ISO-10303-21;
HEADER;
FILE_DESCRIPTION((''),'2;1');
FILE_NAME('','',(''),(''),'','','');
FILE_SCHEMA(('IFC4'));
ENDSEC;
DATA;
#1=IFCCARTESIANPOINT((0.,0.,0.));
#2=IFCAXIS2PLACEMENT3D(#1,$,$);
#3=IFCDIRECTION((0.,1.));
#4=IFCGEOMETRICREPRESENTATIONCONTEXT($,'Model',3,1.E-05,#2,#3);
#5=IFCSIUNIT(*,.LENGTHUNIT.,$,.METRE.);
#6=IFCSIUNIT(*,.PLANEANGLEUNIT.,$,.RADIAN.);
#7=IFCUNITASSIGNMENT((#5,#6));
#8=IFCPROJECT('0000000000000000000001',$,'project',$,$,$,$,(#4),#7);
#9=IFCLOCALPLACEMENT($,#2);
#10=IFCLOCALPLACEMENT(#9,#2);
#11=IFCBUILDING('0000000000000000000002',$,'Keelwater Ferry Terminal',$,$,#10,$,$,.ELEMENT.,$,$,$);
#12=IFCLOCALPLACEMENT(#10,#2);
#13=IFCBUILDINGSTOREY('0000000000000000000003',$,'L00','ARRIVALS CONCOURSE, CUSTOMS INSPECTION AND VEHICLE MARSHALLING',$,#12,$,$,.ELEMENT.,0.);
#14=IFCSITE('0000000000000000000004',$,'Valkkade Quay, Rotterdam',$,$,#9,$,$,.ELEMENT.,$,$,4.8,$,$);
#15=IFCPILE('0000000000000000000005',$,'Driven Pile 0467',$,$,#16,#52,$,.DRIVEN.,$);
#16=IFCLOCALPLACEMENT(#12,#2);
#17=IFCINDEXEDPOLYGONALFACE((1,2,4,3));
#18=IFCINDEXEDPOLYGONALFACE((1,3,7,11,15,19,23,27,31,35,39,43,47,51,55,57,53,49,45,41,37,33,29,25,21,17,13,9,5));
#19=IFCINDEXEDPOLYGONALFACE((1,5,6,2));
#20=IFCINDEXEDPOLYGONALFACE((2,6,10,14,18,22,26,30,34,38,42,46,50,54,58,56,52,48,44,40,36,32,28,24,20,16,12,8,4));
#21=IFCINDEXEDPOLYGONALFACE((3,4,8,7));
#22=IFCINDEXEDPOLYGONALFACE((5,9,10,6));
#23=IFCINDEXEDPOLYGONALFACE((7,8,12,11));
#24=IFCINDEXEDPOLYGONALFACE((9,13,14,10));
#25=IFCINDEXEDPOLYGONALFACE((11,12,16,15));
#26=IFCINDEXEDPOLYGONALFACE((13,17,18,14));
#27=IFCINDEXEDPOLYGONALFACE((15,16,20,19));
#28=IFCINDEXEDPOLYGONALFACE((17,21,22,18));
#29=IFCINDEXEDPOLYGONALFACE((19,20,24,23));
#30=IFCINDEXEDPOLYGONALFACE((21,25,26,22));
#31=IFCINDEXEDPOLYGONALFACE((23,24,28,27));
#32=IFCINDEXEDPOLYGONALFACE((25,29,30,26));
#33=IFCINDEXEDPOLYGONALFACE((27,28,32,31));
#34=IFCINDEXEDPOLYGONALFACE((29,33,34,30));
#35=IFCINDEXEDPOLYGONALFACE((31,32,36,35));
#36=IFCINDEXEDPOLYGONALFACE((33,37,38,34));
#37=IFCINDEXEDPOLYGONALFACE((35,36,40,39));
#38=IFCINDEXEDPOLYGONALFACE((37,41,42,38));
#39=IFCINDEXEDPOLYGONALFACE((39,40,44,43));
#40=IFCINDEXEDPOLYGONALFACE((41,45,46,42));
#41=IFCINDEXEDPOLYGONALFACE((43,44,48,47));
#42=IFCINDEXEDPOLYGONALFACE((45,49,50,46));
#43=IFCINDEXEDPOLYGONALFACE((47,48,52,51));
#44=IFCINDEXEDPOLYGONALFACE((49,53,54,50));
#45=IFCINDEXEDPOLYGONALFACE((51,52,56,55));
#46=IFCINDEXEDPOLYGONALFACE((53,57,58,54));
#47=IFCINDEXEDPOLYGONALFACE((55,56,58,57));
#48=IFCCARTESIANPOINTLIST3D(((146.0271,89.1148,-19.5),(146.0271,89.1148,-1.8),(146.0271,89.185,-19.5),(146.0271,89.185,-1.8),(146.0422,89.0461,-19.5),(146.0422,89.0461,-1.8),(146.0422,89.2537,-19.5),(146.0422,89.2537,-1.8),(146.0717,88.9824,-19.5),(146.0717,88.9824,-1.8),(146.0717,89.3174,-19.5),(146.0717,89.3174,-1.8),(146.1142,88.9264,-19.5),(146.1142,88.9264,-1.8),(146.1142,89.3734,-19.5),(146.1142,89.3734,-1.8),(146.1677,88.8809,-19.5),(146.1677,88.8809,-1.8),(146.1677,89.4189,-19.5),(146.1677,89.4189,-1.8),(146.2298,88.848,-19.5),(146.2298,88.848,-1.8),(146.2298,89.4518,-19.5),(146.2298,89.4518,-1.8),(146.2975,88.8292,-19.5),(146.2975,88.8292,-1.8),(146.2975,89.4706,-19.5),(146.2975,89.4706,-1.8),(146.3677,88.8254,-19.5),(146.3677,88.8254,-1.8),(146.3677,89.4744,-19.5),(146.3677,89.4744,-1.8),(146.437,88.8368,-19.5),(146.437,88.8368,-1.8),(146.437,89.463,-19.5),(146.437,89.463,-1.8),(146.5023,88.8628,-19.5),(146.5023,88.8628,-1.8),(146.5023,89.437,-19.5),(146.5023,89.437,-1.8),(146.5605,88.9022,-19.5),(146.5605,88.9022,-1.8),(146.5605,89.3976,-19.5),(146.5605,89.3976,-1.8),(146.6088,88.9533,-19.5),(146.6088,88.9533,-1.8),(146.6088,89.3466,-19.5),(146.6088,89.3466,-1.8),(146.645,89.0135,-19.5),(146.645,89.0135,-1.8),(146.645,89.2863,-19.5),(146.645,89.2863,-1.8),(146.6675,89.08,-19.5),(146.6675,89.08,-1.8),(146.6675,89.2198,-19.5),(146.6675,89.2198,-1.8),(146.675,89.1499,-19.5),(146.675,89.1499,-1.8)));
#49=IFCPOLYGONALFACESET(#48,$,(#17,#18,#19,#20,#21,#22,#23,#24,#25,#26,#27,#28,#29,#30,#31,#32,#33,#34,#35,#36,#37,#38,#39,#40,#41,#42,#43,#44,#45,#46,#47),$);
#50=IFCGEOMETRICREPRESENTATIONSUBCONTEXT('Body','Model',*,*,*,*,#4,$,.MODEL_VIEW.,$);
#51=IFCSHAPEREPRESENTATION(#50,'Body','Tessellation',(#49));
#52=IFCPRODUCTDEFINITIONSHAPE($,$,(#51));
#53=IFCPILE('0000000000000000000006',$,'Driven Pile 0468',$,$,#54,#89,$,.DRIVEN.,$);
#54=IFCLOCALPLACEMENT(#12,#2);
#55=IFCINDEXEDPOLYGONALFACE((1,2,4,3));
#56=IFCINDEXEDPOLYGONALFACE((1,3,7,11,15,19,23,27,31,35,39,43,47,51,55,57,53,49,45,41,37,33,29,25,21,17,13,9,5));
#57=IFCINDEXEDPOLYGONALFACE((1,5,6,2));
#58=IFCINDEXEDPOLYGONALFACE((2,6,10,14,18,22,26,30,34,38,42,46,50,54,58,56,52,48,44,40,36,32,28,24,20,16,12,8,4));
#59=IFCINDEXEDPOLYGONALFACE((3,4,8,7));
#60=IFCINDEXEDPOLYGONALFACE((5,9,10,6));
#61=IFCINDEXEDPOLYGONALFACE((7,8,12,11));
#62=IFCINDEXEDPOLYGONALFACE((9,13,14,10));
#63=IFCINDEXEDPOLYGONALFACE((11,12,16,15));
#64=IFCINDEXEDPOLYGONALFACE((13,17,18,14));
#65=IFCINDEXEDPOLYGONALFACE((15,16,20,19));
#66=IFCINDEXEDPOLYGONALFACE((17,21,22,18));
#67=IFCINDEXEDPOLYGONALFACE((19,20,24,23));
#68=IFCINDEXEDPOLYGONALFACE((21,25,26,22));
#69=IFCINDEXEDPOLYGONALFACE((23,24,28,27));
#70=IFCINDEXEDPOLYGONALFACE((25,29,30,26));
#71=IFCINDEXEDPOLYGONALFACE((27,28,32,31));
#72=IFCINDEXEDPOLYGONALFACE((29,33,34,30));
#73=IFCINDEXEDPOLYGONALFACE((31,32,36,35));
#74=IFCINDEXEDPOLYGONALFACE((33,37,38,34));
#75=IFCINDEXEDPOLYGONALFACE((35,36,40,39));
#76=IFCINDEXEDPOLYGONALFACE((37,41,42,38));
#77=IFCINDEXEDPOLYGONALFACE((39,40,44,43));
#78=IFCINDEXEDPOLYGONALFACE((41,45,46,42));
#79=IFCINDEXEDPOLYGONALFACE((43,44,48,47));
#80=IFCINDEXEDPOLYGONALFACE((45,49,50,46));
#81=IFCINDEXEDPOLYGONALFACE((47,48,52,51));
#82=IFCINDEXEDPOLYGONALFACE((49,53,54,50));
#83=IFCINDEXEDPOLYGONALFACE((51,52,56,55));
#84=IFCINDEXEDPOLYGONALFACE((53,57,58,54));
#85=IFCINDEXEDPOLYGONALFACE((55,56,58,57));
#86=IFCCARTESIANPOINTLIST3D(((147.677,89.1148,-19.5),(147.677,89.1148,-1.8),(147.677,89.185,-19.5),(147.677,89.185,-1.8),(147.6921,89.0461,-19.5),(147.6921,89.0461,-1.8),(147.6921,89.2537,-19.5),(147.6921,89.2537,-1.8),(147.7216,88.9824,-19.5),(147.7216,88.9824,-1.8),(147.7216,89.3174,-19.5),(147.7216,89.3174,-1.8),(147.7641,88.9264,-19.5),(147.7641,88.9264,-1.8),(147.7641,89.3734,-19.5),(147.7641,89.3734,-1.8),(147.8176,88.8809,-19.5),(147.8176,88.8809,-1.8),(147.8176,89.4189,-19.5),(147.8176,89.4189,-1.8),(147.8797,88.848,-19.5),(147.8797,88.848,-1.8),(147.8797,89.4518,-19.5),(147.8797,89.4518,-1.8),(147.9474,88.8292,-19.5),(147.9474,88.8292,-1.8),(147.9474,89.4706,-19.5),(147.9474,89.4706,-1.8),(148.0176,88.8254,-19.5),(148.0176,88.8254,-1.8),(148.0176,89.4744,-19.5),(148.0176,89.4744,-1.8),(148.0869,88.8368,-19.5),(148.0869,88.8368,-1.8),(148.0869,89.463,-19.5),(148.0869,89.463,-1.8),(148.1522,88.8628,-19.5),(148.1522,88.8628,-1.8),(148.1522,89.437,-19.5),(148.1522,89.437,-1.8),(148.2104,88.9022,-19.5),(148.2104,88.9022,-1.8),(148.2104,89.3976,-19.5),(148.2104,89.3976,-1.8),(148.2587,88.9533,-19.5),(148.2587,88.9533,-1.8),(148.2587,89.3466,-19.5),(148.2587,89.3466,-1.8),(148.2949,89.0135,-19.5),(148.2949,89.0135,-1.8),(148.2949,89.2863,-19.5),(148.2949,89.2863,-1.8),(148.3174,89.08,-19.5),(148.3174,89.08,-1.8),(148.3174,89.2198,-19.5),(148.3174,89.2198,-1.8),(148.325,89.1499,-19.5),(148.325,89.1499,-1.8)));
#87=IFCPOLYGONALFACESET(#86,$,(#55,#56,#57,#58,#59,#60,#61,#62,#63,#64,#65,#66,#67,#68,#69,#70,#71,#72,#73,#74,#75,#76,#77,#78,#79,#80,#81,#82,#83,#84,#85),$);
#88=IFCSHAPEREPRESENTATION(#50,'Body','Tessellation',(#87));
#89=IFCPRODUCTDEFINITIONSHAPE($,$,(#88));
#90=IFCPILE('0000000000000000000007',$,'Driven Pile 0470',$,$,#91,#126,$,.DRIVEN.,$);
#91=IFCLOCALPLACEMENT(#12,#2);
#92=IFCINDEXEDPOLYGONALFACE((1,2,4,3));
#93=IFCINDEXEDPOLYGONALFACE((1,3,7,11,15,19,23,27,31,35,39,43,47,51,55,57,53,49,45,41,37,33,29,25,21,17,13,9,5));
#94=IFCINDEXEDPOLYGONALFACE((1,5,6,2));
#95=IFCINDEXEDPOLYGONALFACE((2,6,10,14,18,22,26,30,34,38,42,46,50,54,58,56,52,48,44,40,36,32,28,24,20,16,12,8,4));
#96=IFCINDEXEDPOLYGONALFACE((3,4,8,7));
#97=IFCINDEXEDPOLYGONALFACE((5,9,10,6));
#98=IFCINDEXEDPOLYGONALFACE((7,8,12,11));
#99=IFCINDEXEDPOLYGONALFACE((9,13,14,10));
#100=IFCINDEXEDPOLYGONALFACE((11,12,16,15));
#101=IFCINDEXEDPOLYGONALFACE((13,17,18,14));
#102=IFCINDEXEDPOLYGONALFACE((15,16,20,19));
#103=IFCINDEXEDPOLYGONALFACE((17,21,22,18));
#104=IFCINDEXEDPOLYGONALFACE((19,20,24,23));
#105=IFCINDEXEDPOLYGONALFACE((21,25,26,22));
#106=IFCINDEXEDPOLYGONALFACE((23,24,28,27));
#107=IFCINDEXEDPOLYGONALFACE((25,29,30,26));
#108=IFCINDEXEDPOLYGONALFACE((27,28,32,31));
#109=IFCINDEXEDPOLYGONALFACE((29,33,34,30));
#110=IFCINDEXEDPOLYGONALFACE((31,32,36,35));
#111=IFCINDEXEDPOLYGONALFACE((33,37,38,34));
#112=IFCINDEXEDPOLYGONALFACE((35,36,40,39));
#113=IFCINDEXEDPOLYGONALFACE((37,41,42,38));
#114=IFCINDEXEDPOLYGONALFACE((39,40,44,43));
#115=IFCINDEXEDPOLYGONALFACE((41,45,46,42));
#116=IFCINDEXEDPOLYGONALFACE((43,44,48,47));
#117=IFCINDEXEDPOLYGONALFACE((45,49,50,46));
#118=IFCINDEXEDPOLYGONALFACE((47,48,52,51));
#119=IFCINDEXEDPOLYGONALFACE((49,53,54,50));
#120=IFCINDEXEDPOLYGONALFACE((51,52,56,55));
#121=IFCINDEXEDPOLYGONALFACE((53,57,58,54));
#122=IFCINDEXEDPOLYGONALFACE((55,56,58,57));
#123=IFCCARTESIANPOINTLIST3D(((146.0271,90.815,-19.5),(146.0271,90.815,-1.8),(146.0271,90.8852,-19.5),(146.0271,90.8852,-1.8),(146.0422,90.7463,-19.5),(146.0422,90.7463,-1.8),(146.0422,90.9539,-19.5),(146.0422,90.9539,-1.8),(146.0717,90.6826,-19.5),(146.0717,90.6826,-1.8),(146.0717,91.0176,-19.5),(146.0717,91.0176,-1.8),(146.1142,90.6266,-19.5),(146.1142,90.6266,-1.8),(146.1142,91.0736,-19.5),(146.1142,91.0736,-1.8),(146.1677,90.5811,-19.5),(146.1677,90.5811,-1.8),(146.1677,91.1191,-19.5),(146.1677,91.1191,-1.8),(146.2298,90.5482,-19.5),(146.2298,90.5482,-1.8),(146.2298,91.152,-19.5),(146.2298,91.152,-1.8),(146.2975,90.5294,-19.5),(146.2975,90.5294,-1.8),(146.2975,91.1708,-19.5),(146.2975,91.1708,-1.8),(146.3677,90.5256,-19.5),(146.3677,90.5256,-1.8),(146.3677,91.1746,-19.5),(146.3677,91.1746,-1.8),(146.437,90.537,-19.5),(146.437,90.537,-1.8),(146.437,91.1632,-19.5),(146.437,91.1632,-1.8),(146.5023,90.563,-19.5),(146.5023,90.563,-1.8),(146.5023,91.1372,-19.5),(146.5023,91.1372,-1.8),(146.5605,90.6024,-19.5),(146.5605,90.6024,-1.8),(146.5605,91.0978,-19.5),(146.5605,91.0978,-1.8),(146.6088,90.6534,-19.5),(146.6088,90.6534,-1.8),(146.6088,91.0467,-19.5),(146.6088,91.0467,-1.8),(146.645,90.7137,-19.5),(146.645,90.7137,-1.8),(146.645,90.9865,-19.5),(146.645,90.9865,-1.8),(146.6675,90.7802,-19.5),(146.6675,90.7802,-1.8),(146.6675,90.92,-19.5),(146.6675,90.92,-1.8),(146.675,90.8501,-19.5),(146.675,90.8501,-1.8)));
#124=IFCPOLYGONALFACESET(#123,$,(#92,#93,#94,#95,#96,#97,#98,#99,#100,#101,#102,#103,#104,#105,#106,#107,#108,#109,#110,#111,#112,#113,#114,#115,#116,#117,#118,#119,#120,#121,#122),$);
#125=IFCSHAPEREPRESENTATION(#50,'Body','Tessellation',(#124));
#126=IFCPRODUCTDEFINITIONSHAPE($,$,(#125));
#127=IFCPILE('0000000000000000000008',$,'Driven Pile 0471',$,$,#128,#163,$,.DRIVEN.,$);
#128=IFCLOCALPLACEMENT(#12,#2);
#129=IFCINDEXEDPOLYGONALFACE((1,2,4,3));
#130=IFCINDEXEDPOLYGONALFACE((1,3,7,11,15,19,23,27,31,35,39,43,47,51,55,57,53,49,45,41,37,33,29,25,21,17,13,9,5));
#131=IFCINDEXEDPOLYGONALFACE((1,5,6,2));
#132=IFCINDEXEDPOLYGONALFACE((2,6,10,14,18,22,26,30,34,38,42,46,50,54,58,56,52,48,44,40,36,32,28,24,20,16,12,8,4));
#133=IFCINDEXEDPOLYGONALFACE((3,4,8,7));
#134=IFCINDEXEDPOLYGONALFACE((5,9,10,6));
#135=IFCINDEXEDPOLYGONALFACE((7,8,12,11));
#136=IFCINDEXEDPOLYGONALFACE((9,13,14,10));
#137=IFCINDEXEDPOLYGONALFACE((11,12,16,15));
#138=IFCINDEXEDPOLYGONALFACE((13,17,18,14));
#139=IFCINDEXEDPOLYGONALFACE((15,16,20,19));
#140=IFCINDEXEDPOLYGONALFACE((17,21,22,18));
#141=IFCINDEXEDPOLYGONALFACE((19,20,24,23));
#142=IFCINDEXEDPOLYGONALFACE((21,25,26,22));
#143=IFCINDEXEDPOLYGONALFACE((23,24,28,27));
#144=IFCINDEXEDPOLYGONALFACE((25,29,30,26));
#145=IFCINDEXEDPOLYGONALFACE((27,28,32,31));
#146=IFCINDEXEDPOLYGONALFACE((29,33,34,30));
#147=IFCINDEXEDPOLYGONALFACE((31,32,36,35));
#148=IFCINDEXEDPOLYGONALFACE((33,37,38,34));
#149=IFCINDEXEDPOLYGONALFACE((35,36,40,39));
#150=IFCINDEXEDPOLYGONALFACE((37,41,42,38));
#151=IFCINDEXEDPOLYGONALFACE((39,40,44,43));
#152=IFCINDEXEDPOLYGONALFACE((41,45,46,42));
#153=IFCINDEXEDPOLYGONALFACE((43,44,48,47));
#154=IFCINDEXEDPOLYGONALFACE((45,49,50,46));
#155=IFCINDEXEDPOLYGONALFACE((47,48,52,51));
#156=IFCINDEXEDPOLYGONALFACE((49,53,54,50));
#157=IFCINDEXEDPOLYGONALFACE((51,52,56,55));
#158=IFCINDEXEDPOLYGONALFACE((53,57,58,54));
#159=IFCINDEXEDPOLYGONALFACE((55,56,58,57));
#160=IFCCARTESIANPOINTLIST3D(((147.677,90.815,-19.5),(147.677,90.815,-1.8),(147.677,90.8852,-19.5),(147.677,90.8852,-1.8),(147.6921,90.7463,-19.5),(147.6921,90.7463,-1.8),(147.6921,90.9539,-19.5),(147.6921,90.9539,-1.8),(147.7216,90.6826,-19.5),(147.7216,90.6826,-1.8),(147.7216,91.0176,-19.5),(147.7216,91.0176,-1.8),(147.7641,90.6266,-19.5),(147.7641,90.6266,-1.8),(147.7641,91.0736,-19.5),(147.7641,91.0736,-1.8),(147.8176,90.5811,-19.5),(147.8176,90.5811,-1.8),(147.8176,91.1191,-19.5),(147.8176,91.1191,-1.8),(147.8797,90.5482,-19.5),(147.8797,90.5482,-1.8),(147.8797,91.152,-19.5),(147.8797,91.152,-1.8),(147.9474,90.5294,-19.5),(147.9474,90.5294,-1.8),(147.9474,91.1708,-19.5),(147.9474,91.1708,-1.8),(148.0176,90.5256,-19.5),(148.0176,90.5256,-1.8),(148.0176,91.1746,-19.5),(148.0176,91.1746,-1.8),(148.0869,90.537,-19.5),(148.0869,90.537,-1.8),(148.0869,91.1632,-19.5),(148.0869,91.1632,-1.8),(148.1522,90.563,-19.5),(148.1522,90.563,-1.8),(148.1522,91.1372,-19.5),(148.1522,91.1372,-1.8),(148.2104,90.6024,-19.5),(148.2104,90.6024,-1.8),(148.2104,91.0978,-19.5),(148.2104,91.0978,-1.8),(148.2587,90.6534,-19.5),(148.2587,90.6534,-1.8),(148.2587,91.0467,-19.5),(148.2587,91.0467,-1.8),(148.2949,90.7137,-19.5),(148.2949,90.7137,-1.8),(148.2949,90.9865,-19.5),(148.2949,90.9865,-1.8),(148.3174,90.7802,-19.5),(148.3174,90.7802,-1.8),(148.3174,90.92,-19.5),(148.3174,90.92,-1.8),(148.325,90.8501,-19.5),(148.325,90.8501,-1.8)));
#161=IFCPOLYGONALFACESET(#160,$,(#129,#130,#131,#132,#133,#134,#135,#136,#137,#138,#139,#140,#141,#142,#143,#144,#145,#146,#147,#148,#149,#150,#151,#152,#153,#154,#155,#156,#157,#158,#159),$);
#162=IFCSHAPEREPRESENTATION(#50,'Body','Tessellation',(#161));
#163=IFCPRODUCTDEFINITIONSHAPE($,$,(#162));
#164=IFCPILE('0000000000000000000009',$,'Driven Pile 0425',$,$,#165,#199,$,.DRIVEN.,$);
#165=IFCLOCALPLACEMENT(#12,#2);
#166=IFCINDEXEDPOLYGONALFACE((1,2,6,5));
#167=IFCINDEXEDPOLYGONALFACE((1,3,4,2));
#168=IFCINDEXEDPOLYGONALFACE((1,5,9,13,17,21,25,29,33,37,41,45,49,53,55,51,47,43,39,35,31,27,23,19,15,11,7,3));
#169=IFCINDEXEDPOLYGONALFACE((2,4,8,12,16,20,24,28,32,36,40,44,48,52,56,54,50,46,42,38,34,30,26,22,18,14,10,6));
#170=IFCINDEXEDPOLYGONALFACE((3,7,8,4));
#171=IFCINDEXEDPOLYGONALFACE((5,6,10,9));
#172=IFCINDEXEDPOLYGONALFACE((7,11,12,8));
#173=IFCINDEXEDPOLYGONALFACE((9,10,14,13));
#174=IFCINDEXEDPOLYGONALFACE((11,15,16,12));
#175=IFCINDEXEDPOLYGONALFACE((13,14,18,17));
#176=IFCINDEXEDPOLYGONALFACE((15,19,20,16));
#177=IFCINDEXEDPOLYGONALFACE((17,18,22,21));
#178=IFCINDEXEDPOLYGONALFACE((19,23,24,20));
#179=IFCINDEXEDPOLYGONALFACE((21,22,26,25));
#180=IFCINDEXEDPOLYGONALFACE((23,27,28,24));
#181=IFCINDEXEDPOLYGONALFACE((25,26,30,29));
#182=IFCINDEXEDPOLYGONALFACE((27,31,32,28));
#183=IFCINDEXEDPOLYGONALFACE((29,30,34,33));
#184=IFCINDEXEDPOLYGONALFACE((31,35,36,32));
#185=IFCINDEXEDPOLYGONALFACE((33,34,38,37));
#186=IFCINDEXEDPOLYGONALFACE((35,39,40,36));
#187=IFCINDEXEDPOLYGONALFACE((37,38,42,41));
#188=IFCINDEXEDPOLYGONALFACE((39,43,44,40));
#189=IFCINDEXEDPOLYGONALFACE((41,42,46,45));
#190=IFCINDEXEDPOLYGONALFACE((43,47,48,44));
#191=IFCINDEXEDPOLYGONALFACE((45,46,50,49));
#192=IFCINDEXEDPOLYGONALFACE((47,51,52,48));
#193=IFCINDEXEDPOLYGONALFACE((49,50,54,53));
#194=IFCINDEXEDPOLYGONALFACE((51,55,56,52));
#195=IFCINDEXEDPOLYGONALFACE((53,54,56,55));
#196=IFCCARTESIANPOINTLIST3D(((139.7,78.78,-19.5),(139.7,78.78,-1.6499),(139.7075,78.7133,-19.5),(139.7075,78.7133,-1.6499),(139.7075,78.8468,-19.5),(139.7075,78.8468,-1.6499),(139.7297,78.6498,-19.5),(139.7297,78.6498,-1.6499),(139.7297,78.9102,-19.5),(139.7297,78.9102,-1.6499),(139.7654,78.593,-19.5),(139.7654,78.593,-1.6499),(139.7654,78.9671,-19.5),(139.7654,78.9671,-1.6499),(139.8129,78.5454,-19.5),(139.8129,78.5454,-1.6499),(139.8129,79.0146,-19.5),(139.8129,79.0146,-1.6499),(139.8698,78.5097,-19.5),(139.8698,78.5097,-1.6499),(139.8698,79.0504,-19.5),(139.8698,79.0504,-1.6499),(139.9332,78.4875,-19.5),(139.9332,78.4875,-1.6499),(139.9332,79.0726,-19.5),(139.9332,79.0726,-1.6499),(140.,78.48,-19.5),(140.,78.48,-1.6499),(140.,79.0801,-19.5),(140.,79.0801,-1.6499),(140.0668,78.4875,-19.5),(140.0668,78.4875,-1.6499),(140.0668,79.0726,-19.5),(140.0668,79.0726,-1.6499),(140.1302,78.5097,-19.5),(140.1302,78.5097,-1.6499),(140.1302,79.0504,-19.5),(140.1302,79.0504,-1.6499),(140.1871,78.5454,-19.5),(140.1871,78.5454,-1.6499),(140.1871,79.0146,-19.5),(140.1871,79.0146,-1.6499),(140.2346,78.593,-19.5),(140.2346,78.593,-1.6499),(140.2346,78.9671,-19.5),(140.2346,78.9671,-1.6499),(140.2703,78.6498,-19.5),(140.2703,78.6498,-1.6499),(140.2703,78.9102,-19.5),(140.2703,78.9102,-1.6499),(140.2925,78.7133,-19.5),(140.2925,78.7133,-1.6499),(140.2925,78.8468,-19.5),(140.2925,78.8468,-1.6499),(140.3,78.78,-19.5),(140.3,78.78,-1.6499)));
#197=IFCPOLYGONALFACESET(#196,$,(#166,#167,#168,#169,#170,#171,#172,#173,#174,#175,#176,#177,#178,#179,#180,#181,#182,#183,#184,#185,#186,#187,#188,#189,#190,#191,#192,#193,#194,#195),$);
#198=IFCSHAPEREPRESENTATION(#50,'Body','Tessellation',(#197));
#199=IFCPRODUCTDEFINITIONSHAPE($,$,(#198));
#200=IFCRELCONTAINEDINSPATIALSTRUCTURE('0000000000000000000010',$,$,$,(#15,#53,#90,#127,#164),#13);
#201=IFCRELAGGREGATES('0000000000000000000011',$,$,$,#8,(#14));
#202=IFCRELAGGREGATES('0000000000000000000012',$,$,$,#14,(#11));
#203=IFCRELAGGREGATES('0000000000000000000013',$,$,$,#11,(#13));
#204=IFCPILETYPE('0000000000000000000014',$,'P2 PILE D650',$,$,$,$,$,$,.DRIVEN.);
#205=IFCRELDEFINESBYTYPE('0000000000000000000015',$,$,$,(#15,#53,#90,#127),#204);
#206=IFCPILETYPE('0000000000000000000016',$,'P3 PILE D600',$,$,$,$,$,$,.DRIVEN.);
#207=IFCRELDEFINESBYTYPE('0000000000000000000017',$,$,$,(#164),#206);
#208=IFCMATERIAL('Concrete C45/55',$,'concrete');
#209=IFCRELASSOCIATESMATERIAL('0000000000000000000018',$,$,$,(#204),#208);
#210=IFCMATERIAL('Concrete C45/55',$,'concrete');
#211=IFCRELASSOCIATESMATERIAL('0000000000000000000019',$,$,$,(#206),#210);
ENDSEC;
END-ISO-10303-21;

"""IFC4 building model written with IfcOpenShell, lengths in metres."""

from ifc_helpers import new_model, si_unit, direction, frame, origin, origin_2d, place, context, subcontext, project, spatial, circle, extrude, material, material_profile, profile_set, type_object, element, save


model = new_model("IFC4")

# Units and contexts
model_context = context("Model", 3, precision=1e-05, world=origin(), true_north=direction((0.0, 1.0)))
body_context = subcontext(model_context, "Body", "Model", "MODEL_VIEW")
ifc_project = project(units=[si_unit("LENGTHUNIT", "METRE"), si_unit("PLANEANGLEUNIT", "RADIAN")], contexts=[model_context])

# Site, building, storey
site_placement = place(None, origin())
site = spatial("IfcSite", under=ifc_project, at=site_placement, Name="Valkkade Quay, Rotterdam", CompositionType="ELEMENT", RefElevation=4.8)
building_placement = place(site_placement, origin())
building = spatial("IfcBuilding", under=site, at=building_placement, Name="Keelwater Ferry Terminal", CompositionType="ELEMENT")
storey_placement = place(building_placement, origin())
storey = spatial("IfcBuildingStorey", under=building, at=storey_placement, Name="L00", Description="ARRIVALS CONCOURSE, CUSTOMS INSPECTION AND VEHICLE MARSHALLING", CompositionType="ELEMENT", Elevation=0.0)

# Piles
ifc_material_1 = material(Name="Concrete C45/55", Category="concrete")
ifc_material_profile_1 = material_profile(ifc_material_1, circle(Radius=0.325, at=origin_2d()), Name="PILE D650")
ifc_profile_set_1 = profile_set([ifc_material_profile_1], Name="Concrete C45/55")
pile_type_1 = type_object("IfcPileType", Name="P2 PILE D650", PredefinedType="DRIVEN", material=ifc_profile_set_1)
for number, where, z_axis, x_axis, name in (
    (1, (146.3501, 89.1499, -1.8), (0.0, 0.0, -1.0), (1.0, 0.0, 0.0), "Driven Pile 0467"),
    (2, (148.0, 89.1499, -1.8), (0.0, 0.0, -1.0), (1.0, 0.0, 0.0), "Driven Pile 0468"),
    (3, (146.3501, 90.8501, -1.8), (0.0, 0.0, -1.0), (1.0, 0.0, 0.0), "Driven Pile 0470"),
    (4, (148.0, 90.8501, -1.8), (0.0, 0.0, -1.0), (1.0, 0.0, 0.0), "Driven Pile 0471"),
):
    element("IfcPile", number, at=place(storey_placement, frame(where, z_axis=z_axis, x_axis=x_axis)), inside=storey, type_object=pile_type_1, Name=name, PredefinedType="DRIVEN", context=body_context, shape_type="SweptSolid", body=[
        extrude(circle(Radius=0.325, at=origin_2d()), origin(), (0.0, 0.0, 1.0), 17.7),
    ])
ifc_material_2 = material(Name="Concrete C45/55", Category="concrete")
ifc_material_profile_2 = material_profile(ifc_material_2, circle(Radius=0.3, at=origin_2d()), Name="PILE D600")
ifc_profile_set_2 = profile_set([ifc_material_profile_2], Name="Concrete C45/55")
pile_type_2 = type_object("IfcPileType", Name="P3 PILE D600", PredefinedType="DRIVEN", material=ifc_profile_set_2)
for number, where, z_axis, x_axis, name in (
    (5, (140.0, 78.78, -1.6499), (0.0, 0.0, -1.0), (1.0, 0.0, 0.0), "Driven Pile 0425"),
):
    element("IfcPile", number, at=place(storey_placement, frame(where, z_axis=z_axis, x_axis=x_axis)), inside=storey, type_object=pile_type_2, Name=name, PredefinedType="DRIVEN", context=body_context, shape_type="SweptSolid", body=[
        extrude(circle(Radius=0.3, at=origin_2d()), origin(), (0.0, 0.0, 1.0), 17.8501),
    ])

save(model, "model.ifc")
